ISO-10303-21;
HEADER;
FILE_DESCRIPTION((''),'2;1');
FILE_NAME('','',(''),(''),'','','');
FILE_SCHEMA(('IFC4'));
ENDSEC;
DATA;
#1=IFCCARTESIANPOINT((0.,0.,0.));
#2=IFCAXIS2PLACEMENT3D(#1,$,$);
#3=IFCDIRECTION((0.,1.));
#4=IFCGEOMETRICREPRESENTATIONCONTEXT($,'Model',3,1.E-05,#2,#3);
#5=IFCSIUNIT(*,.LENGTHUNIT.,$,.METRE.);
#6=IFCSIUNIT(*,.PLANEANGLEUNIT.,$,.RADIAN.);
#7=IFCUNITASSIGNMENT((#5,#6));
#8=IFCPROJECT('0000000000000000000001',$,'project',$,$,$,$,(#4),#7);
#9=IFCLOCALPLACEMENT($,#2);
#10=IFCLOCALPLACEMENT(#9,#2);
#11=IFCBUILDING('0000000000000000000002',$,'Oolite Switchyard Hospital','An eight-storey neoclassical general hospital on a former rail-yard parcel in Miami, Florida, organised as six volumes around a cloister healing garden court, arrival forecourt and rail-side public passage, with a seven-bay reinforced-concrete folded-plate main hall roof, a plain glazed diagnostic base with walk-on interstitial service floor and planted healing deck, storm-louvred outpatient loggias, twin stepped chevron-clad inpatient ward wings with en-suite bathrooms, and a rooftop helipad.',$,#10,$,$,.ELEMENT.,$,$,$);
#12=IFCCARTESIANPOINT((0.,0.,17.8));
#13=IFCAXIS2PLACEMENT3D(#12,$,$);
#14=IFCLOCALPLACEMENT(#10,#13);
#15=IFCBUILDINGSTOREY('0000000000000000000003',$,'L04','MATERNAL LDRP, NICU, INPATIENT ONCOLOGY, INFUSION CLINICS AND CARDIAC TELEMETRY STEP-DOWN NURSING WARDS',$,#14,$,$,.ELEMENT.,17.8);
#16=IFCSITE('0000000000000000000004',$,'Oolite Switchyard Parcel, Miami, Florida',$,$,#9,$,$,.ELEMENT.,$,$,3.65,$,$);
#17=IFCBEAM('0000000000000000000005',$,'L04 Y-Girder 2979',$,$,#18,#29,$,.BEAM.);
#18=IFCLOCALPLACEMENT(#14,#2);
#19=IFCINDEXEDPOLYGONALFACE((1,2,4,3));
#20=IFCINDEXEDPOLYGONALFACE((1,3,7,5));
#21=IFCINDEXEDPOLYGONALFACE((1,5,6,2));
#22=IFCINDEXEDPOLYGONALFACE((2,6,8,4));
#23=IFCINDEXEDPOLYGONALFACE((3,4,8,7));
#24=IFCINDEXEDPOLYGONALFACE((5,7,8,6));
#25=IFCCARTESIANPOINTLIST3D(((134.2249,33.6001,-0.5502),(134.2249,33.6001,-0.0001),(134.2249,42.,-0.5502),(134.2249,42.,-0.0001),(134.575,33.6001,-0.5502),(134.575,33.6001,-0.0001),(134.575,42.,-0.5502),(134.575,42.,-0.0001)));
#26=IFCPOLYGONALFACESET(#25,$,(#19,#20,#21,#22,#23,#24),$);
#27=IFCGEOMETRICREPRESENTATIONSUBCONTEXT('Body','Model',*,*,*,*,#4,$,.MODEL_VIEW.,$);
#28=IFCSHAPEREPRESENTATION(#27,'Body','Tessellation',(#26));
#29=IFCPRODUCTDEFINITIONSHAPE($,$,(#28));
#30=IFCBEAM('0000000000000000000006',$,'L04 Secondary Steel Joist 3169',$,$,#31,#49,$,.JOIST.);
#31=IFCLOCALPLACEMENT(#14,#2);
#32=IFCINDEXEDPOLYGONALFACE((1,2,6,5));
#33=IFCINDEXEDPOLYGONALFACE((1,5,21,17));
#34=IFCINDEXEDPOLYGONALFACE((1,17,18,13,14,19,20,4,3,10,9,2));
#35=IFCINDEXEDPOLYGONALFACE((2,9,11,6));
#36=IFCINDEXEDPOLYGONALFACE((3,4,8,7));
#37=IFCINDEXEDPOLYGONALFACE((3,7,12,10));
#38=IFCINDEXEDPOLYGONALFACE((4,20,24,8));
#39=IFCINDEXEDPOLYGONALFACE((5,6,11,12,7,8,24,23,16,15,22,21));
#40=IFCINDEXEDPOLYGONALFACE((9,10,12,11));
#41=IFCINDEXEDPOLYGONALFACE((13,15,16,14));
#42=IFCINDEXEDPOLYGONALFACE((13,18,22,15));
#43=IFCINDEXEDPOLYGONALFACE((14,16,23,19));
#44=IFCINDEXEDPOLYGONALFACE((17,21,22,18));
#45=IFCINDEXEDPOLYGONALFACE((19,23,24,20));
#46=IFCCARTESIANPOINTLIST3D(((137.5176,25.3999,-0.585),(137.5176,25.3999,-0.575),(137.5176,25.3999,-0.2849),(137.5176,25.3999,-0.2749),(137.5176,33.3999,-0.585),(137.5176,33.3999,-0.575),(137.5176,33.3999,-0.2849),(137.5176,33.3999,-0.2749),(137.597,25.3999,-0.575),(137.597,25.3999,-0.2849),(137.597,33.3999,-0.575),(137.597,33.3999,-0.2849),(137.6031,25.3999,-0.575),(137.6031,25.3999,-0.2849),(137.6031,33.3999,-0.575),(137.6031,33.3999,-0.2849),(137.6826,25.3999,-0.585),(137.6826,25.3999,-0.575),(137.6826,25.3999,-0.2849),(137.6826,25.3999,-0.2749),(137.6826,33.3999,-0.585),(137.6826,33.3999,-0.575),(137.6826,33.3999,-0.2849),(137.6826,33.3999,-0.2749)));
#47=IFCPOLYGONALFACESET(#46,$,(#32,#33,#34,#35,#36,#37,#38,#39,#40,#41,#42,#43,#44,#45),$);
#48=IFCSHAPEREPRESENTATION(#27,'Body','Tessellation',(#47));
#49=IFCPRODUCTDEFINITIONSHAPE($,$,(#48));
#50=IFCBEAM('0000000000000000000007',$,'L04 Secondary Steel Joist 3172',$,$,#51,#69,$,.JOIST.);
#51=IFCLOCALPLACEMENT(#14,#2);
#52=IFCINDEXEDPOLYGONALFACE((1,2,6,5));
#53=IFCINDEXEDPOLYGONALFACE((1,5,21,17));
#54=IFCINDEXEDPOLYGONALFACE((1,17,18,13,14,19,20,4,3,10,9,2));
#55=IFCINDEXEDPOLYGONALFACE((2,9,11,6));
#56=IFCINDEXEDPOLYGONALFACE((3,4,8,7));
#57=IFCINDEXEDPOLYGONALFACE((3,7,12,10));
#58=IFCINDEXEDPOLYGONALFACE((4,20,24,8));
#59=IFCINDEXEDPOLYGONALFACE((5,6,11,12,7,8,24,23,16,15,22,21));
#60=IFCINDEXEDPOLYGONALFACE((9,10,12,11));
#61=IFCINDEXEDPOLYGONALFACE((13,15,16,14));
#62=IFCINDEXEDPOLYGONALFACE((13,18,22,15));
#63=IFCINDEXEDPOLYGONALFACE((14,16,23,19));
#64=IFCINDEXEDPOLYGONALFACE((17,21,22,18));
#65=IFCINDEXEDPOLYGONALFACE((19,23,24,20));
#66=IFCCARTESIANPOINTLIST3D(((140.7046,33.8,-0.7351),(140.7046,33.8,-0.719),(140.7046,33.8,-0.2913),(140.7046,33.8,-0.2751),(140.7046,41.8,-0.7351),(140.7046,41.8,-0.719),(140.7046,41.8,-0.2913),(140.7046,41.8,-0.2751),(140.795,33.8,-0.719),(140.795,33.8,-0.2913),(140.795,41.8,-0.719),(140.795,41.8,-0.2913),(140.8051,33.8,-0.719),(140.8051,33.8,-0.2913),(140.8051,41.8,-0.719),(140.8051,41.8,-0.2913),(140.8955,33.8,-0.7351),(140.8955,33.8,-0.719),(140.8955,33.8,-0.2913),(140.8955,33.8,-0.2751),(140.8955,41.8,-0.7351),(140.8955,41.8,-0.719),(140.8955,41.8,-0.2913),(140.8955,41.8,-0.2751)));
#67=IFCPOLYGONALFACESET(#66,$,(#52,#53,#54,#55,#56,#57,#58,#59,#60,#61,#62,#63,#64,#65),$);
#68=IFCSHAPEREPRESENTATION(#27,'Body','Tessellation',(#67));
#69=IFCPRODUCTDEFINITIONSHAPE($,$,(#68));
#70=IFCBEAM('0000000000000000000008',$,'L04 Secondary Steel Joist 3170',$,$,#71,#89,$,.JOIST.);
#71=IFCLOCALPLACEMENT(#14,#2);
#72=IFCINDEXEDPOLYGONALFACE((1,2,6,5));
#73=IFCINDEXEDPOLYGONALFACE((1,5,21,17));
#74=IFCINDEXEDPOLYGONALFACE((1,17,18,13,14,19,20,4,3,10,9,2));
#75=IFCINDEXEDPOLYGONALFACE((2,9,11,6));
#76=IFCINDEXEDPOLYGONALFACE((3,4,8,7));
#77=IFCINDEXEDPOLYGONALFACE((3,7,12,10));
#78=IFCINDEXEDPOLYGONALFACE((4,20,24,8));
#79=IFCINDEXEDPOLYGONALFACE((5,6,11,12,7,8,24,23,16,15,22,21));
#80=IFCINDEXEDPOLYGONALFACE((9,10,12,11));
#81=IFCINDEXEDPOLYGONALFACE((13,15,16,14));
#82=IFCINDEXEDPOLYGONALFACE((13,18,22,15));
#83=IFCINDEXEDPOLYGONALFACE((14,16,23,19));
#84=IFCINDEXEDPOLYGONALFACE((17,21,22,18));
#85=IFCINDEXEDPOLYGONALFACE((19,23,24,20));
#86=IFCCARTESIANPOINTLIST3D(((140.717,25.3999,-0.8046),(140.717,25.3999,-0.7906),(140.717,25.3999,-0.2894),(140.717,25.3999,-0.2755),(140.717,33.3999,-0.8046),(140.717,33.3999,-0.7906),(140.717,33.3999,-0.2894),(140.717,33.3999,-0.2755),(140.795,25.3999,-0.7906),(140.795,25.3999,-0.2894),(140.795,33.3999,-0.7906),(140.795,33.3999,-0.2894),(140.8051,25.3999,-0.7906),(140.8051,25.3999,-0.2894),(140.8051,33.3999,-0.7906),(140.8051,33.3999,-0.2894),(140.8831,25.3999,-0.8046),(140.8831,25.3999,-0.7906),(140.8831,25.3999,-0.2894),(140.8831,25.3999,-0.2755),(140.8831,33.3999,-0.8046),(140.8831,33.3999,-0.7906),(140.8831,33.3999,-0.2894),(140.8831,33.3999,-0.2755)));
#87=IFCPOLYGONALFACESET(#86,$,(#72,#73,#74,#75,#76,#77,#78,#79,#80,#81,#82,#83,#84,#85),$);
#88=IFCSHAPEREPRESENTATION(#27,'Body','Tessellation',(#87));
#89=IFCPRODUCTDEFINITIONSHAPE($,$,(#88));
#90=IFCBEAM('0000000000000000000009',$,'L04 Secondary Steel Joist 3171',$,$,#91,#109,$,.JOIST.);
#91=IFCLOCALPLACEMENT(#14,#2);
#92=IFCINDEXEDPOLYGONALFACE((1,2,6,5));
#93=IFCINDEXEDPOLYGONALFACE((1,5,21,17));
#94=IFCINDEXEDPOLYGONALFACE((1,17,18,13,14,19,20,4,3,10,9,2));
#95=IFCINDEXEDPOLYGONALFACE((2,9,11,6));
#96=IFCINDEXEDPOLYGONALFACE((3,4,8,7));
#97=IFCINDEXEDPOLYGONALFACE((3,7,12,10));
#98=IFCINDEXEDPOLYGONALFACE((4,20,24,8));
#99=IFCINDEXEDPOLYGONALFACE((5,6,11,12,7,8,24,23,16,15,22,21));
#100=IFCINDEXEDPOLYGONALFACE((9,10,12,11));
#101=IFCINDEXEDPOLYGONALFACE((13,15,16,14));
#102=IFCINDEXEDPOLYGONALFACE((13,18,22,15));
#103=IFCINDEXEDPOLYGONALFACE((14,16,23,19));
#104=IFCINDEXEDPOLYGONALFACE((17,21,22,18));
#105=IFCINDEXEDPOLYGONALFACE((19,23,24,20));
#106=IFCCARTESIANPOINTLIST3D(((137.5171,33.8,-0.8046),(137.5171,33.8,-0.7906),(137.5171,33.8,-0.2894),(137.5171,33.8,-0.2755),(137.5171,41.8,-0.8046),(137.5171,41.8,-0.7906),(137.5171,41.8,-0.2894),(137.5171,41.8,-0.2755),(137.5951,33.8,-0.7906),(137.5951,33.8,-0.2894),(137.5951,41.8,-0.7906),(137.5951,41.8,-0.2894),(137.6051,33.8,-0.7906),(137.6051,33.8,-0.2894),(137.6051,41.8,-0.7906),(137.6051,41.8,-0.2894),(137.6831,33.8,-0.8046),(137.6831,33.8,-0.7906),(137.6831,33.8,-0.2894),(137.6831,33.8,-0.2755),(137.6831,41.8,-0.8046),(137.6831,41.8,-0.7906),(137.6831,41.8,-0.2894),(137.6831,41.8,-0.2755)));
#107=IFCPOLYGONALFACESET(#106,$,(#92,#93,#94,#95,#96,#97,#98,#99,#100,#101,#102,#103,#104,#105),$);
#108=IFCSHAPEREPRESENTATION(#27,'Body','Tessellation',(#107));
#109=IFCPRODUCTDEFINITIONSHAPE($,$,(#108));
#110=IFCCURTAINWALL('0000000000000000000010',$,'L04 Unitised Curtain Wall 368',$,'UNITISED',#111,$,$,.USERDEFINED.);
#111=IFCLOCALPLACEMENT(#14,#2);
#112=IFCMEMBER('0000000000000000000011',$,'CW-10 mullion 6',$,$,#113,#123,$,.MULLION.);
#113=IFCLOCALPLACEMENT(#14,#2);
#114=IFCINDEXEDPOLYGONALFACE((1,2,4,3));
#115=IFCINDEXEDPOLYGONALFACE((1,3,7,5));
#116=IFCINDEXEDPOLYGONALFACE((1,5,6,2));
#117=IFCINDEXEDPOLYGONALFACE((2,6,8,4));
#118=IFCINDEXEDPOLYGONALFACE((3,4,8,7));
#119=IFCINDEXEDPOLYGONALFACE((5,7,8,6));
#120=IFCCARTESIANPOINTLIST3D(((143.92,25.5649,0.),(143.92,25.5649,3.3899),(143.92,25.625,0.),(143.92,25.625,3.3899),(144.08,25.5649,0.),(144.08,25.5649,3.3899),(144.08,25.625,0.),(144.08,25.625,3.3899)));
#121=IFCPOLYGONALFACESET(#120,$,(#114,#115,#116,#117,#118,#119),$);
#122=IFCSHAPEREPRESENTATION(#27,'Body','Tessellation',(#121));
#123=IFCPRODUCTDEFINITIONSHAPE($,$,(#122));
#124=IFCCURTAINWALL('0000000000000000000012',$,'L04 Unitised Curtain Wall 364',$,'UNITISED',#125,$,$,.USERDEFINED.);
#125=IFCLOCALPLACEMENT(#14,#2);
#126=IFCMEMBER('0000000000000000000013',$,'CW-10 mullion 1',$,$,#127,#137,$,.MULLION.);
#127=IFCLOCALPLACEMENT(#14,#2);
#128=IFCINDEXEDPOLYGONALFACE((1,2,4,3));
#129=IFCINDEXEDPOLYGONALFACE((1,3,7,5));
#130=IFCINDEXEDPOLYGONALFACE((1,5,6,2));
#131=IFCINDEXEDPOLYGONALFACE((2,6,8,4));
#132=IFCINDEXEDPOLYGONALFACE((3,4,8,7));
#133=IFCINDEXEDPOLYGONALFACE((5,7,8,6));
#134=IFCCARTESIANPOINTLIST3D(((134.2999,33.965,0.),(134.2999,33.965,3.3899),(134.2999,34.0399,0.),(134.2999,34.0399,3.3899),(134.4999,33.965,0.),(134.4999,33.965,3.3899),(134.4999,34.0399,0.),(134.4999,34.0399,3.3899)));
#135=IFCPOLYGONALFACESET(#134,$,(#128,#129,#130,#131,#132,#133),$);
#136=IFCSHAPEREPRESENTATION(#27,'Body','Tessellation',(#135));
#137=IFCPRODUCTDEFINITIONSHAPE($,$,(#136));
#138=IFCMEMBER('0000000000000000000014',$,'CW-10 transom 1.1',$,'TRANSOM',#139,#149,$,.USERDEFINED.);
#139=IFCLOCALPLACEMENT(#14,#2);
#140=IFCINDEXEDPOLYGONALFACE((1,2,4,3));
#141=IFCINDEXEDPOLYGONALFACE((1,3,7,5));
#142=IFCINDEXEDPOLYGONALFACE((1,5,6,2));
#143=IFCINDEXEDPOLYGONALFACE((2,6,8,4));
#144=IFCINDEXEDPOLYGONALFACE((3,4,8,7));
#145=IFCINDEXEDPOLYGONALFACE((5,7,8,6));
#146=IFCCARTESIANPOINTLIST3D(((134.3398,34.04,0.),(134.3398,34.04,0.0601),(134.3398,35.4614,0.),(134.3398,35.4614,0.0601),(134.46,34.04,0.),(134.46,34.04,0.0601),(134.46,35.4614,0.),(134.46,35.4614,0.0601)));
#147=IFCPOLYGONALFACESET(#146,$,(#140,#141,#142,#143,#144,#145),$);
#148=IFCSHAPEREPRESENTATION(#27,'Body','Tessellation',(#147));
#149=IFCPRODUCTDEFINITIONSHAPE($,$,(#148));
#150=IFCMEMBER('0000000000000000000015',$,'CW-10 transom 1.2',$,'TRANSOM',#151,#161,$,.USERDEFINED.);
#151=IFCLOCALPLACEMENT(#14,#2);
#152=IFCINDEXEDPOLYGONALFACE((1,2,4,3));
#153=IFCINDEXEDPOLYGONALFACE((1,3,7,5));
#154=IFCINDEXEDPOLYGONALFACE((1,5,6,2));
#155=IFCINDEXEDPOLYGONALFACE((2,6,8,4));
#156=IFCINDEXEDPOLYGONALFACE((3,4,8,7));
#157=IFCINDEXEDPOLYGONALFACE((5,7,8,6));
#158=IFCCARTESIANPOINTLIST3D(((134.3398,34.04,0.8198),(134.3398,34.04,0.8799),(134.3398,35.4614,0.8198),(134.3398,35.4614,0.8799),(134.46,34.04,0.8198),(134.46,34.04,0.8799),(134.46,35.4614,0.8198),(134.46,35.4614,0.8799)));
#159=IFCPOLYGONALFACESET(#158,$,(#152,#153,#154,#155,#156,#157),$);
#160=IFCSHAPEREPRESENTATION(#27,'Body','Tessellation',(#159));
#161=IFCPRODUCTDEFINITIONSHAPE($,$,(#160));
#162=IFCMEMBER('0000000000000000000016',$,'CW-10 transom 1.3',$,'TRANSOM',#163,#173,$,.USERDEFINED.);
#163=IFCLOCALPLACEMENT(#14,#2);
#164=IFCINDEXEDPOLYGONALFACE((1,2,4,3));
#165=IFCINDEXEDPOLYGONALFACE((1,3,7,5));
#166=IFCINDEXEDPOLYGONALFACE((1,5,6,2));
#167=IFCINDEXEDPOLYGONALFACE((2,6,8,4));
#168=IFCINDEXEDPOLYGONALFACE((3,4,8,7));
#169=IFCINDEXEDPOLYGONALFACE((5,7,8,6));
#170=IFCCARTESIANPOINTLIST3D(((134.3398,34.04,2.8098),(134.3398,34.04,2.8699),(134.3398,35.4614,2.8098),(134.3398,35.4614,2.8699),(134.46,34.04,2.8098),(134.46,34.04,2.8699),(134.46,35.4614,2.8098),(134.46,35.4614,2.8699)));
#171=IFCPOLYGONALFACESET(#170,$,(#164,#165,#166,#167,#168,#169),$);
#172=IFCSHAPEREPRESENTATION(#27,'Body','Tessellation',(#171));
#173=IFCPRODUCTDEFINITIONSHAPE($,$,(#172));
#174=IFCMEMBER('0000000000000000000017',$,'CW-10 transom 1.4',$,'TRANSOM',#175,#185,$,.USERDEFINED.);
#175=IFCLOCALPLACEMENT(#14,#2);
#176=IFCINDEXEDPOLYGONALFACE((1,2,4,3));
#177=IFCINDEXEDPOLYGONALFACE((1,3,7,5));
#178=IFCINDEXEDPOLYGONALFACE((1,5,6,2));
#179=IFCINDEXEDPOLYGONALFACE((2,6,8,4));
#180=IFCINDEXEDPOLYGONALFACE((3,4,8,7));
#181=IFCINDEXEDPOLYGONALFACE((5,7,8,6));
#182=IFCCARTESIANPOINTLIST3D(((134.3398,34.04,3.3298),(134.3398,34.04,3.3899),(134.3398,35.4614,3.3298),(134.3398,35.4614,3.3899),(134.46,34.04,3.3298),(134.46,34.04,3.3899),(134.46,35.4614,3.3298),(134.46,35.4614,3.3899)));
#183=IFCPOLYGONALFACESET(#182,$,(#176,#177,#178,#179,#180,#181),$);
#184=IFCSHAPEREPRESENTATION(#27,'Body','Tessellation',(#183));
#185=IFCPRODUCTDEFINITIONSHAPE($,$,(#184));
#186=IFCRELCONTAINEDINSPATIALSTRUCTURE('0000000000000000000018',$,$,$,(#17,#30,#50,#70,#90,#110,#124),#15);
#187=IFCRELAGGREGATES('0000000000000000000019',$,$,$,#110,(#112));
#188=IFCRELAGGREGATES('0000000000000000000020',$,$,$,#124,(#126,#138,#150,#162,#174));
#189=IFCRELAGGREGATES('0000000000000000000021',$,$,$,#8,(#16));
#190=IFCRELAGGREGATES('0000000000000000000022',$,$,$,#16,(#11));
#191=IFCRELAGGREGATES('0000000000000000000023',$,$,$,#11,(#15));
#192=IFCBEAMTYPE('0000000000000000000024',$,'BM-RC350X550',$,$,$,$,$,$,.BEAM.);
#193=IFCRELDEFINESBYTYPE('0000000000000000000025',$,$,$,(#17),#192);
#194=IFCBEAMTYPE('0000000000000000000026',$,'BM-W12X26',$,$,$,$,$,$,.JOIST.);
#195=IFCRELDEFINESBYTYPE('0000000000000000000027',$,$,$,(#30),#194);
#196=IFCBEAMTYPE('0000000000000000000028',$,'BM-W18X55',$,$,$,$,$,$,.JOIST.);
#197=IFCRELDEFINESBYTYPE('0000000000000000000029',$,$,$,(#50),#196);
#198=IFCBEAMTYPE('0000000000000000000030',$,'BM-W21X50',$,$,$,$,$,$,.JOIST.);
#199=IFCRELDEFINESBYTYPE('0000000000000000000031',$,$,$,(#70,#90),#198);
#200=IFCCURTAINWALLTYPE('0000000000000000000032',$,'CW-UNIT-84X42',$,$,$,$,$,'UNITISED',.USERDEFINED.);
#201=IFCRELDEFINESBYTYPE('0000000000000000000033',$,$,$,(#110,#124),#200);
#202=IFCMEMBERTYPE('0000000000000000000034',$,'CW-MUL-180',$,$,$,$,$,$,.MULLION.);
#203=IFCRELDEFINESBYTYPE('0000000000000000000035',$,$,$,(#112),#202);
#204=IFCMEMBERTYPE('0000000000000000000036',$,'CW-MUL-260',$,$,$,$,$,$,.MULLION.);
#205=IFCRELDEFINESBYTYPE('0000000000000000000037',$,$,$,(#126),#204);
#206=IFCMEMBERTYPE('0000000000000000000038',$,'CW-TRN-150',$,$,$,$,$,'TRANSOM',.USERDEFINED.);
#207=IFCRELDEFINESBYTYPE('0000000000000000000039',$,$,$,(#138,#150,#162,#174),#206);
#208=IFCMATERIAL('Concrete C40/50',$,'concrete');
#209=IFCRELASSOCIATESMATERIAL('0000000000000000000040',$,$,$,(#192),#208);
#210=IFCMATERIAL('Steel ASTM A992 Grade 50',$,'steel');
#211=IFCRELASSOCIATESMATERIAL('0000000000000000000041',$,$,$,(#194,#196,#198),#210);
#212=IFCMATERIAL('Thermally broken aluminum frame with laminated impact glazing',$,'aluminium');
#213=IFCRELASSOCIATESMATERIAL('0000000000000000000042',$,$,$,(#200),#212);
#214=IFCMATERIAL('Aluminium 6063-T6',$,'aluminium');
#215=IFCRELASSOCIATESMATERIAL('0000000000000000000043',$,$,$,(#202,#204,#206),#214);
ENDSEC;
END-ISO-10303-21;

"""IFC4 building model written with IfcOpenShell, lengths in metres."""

from ifc_helpers import new_model, si_unit, direction, frame, origin, origin_2d, place, context, subcontext, project, spatial, rectangle, i_section, extrude, material, material_profile, profile_set, type_object, element, aggregate, save


model = new_model("IFC4")

# Units and contexts
model_context = context("Model", 3, precision=1e-05, world=origin(), true_north=direction((0.0, 1.0)))
body_context = subcontext(model_context, "Body", "Model", "MODEL_VIEW")
ifc_project = project(units=[si_unit("LENGTHUNIT", "METRE"), si_unit("PLANEANGLEUNIT", "RADIAN")], contexts=[model_context])

# Site, building, storey
site_placement = place(None, origin())
site = spatial("IfcSite", under=ifc_project, at=site_placement, Name="Oolite Switchyard Parcel, Miami, Florida", CompositionType="ELEMENT", RefElevation=3.65)
building_placement = place(site_placement, origin())
building = spatial("IfcBuilding", under=site, at=building_placement, Name="Oolite Switchyard Hospital", Description="An eight-storey neoclassical general hospital on a former rail-yard parcel in Miami, Florida, organised as six volumes around a cloister healing garden court, arrival forecourt and rail-side public passage, with a seven-bay reinforced-concrete folded-plate main hall roof, a plain glazed diagnostic base with walk-on interstitial service floor and planted healing deck, storm-louvred outpatient loggias, twin stepped chevron-clad inpatient ward wings with en-suite bathrooms, and a rooftop helipad.", CompositionType="ELEMENT")
storey_placement = place(building_placement, frame((0.0, 0.0, 17.8)))
storey = spatial("IfcBuildingStorey", under=building, at=storey_placement, Name="L04", Description="MATERNAL LDRP, NICU, INPATIENT ONCOLOGY, INFUSION CLINICS AND CARDIAC TELEMETRY STEP-DOWN NURSING WARDS", CompositionType="ELEMENT", Elevation=17.8)

# Beams
ifc_material_1 = material(Name="Concrete C40/50", Category="concrete")
ifc_material_profile_1 = material_profile(ifc_material_1, rectangle(XDim=0.3501, YDim=0.55, at=origin_2d()), Name="RCB350X550")
ifc_profile_set_1 = profile_set([ifc_material_profile_1], Name="Concrete C40/50")
beam_type_1 = type_object("IfcBeamType", Name="BM-RC350X550", PredefinedType="BEAM", material=ifc_profile_set_1)
beam_1_placement = place(storey_placement, frame((134.3999, 33.6001, -0.2751), z_axis=(0.0, 1.0, 0.0), x_axis=(-1.0, 0.0, 0.0)))
element("IfcBeam", 1, at=beam_1_placement, inside=storey, type_object=beam_type_1, Name="L04 Y-Girder 2979", PredefinedType="BEAM", context=body_context, shape_type="SweptSolid", body=[
    extrude(rectangle(XDim=0.3501, YDim=0.55, at=origin_2d()), origin(), (0.0, 0.0, 1.0), 8.3999),
])
ifc_material_2 = material(Name="Steel ASTM A992 Grade 50", Category="steel")
ifc_material_profile_2 = material_profile(ifc_material_2, i_section(OverallWidth=0.165, OverallDepth=0.3101, WebThickness=0.0061, FlangeThickness=0.01, at=origin_2d()), Name="W12X26")
ifc_profile_set_2 = profile_set([ifc_material_profile_2], Name="Steel ASTM A992 Grade 50")
beam_type_2 = type_object("IfcBeamType", Name="BM-W12X26", PredefinedType="JOIST", material=ifc_profile_set_2)
beam_2_placement = place(storey_placement, frame((137.6001, 25.3999, -0.4299), z_axis=(0.0, 1.0, 0.0), x_axis=(-1.0, 0.0, 0.0)))
element("IfcBeam", 2, at=beam_2_placement, inside=storey, type_object=beam_type_2, Name="L04 Secondary Steel Joist 3169", PredefinedType="JOIST", context=body_context, shape_type="SweptSolid", body=[
    extrude(i_section(OverallWidth=0.165, OverallDepth=0.3101, WebThickness=0.0061, FlangeThickness=0.01, at=origin_2d()), origin(), (0.0, 0.0, 1.0), 8.0),
])
ifc_material_profile_3 = material_profile(ifc_material_2, i_section(OverallWidth=0.1909, OverallDepth=0.46, WebThickness=0.01, FlangeThickness=0.0161, at=origin_2d()), Name="W18X55")
ifc_profile_set_3 = profile_set([ifc_material_profile_3], Name="Steel ASTM A992 Grade 50")
beam_type_3 = type_object("IfcBeamType", Name="BM-W18X55", PredefinedType="JOIST", material=ifc_profile_set_3)
beam_3_placement = place(storey_placement, frame((140.8, 33.8, -0.5051), z_axis=(0.0, 1.0, 0.0), x_axis=(-1.0, 0.0, 0.0)))
element("IfcBeam", 3, at=beam_3_placement, inside=storey, type_object=beam_type_3, Name="L04 Secondary Steel Joist 3172", PredefinedType="JOIST", context=body_context, shape_type="SweptSolid", body=[
    extrude(i_section(OverallWidth=0.1909, OverallDepth=0.46, WebThickness=0.01, FlangeThickness=0.0161, at=origin_2d()), origin(), (0.0, 0.0, 1.0), 8.0),
])
ifc_material_profile_4 = material_profile(ifc_material_2, i_section(OverallWidth=0.166, OverallDepth=0.5291, WebThickness=0.01, FlangeThickness=0.0139, at=origin_2d()), Name="W21X50")
ifc_profile_set_4 = profile_set([ifc_material_profile_4], Name="Steel ASTM A992 Grade 50")
beam_type_4 = type_object("IfcBeamType", Name="BM-W21X50", PredefinedType="JOIST", material=ifc_profile_set_4)
for number, where, z_axis, x_axis, name in (
    (4, (140.8, 25.3999, -0.54), (0.0, 1.0, 0.0), (-1.0, 0.0, 0.0), "L04 Secondary Steel Joist 3170"),
    (5, (137.6001, 33.8, -0.54), (0.0, 1.0, 0.0), (-1.0, 0.0, 0.0), "L04 Secondary Steel Joist 3171"),
):
    element("IfcBeam", number, at=place(storey_placement, frame(where, z_axis=z_axis, x_axis=x_axis)), inside=storey, type_object=beam_type_4, Name=name, PredefinedType="JOIST", context=body_context, shape_type="SweptSolid", body=[
        extrude(i_section(OverallWidth=0.166, OverallDepth=0.5291, WebThickness=0.01, FlangeThickness=0.0139, at=origin_2d()), origin(), (0.0, 0.0, 1.0), 8.0),
    ])

# Curtain wall, member
ifc_material_3 = material(Name="Thermally broken aluminum frame with laminated impact glazing", Category="aluminium")
curtain_wall_type = type_object("IfcCurtainWallType", Name="CW-UNIT-84X42", ElementType="UNITISED", PredefinedType="USERDEFINED", material=ifc_material_3)
curtain_wall_1_placement = place(storey_placement, origin())
curtain_wall_1 = element("IfcCurtainWall", 6, at=curtain_wall_1_placement, inside=storey, type_object=curtain_wall_type, Name="L04 Unitised Curtain Wall 368", ObjectType="UNITISED", PredefinedType="USERDEFINED")
ifc_material_4 = material(Name="Aluminium 6063-T6", Category="aluminium")
ifc_material_profile_5 = material_profile(ifc_material_4, rectangle(XDim=0.1599, YDim=0.0601, at=origin_2d()), Name="CWM60X160")
ifc_profile_set_5 = profile_set([ifc_material_profile_5], Name="Aluminium 6063-T6")
member_type_1 = type_object("IfcMemberType", Name="CW-MUL-180", PredefinedType="MULLION", material=ifc_profile_set_5)
member_1_placement = place(storey_placement, frame((144.0, 25.595, 0.0), z_axis=(0.0, 0.0, 1.0), x_axis=(1.0, 0.0, 0.0)))
member_1 = element("IfcMember", 7, at=member_1_placement, type_object=member_type_1, Name="CW-10 mullion 6", PredefinedType="MULLION", context=body_context, shape_type="SweptSolid", body=[
    extrude(rectangle(XDim=0.1599, YDim=0.0601, at=origin_2d()), origin(), (0.0, 0.0, 1.0), 3.3899),
])

# Curtain wall, members
curtain_wall_2_placement = place(storey_placement, origin())
curtain_wall_2 = element("IfcCurtainWall", 8, at=curtain_wall_2_placement, inside=storey, type_object=curtain_wall_type, Name="L04 Unitised Curtain Wall 364", ObjectType="UNITISED", PredefinedType="USERDEFINED")
ifc_material_profile_6 = material_profile(ifc_material_4, rectangle(XDim=0.2, YDim=0.075, at=origin_2d()), Name="CWM75X200")
ifc_profile_set_6 = profile_set([ifc_material_profile_6], Name="Aluminium 6063-T6")
member_type_2 = type_object("IfcMemberType", Name="CW-MUL-260", PredefinedType="MULLION", material=ifc_profile_set_6)
member_2_placement = place(storey_placement, frame((134.3999, 34.0024, 0.0), z_axis=(0.0, 0.0, 1.0), x_axis=(-1.0, 0.0, 0.0)))
member_2 = element("IfcMember", 9, at=member_2_placement, type_object=member_type_2, Name="CW-10 mullion 1", PredefinedType="MULLION", context=body_context, shape_type="SweptSolid", body=[
    extrude(rectangle(XDim=0.2, YDim=0.075, at=origin_2d()), origin(), (0.0, 0.0, 1.0), 3.3899),
])
ifc_material_profile_7 = material_profile(ifc_material_4, rectangle(XDim=0.1201, YDim=0.0601, at=origin_2d()), Name="CWT60X120")
ifc_profile_set_7 = profile_set([ifc_material_profile_7], Name="Aluminium 6063-T6")
member_type_3 = type_object("IfcMemberType", Name="CW-TRN-150", ElementType="TRANSOM", PredefinedType="USERDEFINED", material=ifc_profile_set_7)
member_3_placement = place(storey_placement, frame((134.3999, 34.04, 0.03), z_axis=(0.0, 1.0, 0.0), x_axis=(-1.0, 0.0, 0.0)))
member_3 = element("IfcMember", 10, at=member_3_placement, type_object=member_type_3, Name="CW-10 transom 1.1", ObjectType="TRANSOM", PredefinedType="USERDEFINED", context=body_context, shape_type="SweptSolid", body=[
    extrude(rectangle(XDim=0.1201, YDim=0.0601, at=origin_2d()), origin(), (0.0, 0.0, 1.0), 1.4214),
])
member_4_placement = place(storey_placement, frame((134.3999, 34.04, 0.8499), z_axis=(0.0, 1.0, 0.0), x_axis=(-1.0, 0.0, 0.0)))
member_4 = element("IfcMember", 11, at=member_4_placement, type_object=member_type_3, Name="CW-10 transom 1.2", ObjectType="TRANSOM", PredefinedType="USERDEFINED", context=body_context, shape_type="SweptSolid", body=[
    extrude(rectangle(XDim=0.1201, YDim=0.0601, at=origin_2d()), origin(), (0.0, 0.0, 1.0), 1.4214),
])
member_5_placement = place(storey_placement, frame((134.3999, 34.04, 2.8398), z_axis=(0.0, 1.0, 0.0), x_axis=(-1.0, 0.0, 0.0)))
member_5 = element("IfcMember", 12, at=member_5_placement, type_object=member_type_3, Name="CW-10 transom 1.3", ObjectType="TRANSOM", PredefinedType="USERDEFINED", context=body_context, shape_type="SweptSolid", body=[
    extrude(rectangle(XDim=0.1201, YDim=0.0601, at=origin_2d()), origin(), (0.0, 0.0, 1.0), 1.4214),
])
member_6_placement = place(storey_placement, frame((134.3999, 34.04, 3.3599), z_axis=(0.0, 1.0, 0.0), x_axis=(-1.0, 0.0, 0.0)))
member_6 = element("IfcMember", 13, at=member_6_placement, type_object=member_type_3, Name="CW-10 transom 1.4", ObjectType="TRANSOM", PredefinedType="USERDEFINED", context=body_context, shape_type="SweptSolid", body=[
    extrude(rectangle(XDim=0.1201, YDim=0.0601, at=origin_2d()), origin(), (0.0, 0.0, 1.0), 1.4214),
])

aggregate(curtain_wall_1, [member_1])
aggregate(curtain_wall_2, [member_2, member_3, member_4, member_5, member_6])

save(model, "model.ifc")
